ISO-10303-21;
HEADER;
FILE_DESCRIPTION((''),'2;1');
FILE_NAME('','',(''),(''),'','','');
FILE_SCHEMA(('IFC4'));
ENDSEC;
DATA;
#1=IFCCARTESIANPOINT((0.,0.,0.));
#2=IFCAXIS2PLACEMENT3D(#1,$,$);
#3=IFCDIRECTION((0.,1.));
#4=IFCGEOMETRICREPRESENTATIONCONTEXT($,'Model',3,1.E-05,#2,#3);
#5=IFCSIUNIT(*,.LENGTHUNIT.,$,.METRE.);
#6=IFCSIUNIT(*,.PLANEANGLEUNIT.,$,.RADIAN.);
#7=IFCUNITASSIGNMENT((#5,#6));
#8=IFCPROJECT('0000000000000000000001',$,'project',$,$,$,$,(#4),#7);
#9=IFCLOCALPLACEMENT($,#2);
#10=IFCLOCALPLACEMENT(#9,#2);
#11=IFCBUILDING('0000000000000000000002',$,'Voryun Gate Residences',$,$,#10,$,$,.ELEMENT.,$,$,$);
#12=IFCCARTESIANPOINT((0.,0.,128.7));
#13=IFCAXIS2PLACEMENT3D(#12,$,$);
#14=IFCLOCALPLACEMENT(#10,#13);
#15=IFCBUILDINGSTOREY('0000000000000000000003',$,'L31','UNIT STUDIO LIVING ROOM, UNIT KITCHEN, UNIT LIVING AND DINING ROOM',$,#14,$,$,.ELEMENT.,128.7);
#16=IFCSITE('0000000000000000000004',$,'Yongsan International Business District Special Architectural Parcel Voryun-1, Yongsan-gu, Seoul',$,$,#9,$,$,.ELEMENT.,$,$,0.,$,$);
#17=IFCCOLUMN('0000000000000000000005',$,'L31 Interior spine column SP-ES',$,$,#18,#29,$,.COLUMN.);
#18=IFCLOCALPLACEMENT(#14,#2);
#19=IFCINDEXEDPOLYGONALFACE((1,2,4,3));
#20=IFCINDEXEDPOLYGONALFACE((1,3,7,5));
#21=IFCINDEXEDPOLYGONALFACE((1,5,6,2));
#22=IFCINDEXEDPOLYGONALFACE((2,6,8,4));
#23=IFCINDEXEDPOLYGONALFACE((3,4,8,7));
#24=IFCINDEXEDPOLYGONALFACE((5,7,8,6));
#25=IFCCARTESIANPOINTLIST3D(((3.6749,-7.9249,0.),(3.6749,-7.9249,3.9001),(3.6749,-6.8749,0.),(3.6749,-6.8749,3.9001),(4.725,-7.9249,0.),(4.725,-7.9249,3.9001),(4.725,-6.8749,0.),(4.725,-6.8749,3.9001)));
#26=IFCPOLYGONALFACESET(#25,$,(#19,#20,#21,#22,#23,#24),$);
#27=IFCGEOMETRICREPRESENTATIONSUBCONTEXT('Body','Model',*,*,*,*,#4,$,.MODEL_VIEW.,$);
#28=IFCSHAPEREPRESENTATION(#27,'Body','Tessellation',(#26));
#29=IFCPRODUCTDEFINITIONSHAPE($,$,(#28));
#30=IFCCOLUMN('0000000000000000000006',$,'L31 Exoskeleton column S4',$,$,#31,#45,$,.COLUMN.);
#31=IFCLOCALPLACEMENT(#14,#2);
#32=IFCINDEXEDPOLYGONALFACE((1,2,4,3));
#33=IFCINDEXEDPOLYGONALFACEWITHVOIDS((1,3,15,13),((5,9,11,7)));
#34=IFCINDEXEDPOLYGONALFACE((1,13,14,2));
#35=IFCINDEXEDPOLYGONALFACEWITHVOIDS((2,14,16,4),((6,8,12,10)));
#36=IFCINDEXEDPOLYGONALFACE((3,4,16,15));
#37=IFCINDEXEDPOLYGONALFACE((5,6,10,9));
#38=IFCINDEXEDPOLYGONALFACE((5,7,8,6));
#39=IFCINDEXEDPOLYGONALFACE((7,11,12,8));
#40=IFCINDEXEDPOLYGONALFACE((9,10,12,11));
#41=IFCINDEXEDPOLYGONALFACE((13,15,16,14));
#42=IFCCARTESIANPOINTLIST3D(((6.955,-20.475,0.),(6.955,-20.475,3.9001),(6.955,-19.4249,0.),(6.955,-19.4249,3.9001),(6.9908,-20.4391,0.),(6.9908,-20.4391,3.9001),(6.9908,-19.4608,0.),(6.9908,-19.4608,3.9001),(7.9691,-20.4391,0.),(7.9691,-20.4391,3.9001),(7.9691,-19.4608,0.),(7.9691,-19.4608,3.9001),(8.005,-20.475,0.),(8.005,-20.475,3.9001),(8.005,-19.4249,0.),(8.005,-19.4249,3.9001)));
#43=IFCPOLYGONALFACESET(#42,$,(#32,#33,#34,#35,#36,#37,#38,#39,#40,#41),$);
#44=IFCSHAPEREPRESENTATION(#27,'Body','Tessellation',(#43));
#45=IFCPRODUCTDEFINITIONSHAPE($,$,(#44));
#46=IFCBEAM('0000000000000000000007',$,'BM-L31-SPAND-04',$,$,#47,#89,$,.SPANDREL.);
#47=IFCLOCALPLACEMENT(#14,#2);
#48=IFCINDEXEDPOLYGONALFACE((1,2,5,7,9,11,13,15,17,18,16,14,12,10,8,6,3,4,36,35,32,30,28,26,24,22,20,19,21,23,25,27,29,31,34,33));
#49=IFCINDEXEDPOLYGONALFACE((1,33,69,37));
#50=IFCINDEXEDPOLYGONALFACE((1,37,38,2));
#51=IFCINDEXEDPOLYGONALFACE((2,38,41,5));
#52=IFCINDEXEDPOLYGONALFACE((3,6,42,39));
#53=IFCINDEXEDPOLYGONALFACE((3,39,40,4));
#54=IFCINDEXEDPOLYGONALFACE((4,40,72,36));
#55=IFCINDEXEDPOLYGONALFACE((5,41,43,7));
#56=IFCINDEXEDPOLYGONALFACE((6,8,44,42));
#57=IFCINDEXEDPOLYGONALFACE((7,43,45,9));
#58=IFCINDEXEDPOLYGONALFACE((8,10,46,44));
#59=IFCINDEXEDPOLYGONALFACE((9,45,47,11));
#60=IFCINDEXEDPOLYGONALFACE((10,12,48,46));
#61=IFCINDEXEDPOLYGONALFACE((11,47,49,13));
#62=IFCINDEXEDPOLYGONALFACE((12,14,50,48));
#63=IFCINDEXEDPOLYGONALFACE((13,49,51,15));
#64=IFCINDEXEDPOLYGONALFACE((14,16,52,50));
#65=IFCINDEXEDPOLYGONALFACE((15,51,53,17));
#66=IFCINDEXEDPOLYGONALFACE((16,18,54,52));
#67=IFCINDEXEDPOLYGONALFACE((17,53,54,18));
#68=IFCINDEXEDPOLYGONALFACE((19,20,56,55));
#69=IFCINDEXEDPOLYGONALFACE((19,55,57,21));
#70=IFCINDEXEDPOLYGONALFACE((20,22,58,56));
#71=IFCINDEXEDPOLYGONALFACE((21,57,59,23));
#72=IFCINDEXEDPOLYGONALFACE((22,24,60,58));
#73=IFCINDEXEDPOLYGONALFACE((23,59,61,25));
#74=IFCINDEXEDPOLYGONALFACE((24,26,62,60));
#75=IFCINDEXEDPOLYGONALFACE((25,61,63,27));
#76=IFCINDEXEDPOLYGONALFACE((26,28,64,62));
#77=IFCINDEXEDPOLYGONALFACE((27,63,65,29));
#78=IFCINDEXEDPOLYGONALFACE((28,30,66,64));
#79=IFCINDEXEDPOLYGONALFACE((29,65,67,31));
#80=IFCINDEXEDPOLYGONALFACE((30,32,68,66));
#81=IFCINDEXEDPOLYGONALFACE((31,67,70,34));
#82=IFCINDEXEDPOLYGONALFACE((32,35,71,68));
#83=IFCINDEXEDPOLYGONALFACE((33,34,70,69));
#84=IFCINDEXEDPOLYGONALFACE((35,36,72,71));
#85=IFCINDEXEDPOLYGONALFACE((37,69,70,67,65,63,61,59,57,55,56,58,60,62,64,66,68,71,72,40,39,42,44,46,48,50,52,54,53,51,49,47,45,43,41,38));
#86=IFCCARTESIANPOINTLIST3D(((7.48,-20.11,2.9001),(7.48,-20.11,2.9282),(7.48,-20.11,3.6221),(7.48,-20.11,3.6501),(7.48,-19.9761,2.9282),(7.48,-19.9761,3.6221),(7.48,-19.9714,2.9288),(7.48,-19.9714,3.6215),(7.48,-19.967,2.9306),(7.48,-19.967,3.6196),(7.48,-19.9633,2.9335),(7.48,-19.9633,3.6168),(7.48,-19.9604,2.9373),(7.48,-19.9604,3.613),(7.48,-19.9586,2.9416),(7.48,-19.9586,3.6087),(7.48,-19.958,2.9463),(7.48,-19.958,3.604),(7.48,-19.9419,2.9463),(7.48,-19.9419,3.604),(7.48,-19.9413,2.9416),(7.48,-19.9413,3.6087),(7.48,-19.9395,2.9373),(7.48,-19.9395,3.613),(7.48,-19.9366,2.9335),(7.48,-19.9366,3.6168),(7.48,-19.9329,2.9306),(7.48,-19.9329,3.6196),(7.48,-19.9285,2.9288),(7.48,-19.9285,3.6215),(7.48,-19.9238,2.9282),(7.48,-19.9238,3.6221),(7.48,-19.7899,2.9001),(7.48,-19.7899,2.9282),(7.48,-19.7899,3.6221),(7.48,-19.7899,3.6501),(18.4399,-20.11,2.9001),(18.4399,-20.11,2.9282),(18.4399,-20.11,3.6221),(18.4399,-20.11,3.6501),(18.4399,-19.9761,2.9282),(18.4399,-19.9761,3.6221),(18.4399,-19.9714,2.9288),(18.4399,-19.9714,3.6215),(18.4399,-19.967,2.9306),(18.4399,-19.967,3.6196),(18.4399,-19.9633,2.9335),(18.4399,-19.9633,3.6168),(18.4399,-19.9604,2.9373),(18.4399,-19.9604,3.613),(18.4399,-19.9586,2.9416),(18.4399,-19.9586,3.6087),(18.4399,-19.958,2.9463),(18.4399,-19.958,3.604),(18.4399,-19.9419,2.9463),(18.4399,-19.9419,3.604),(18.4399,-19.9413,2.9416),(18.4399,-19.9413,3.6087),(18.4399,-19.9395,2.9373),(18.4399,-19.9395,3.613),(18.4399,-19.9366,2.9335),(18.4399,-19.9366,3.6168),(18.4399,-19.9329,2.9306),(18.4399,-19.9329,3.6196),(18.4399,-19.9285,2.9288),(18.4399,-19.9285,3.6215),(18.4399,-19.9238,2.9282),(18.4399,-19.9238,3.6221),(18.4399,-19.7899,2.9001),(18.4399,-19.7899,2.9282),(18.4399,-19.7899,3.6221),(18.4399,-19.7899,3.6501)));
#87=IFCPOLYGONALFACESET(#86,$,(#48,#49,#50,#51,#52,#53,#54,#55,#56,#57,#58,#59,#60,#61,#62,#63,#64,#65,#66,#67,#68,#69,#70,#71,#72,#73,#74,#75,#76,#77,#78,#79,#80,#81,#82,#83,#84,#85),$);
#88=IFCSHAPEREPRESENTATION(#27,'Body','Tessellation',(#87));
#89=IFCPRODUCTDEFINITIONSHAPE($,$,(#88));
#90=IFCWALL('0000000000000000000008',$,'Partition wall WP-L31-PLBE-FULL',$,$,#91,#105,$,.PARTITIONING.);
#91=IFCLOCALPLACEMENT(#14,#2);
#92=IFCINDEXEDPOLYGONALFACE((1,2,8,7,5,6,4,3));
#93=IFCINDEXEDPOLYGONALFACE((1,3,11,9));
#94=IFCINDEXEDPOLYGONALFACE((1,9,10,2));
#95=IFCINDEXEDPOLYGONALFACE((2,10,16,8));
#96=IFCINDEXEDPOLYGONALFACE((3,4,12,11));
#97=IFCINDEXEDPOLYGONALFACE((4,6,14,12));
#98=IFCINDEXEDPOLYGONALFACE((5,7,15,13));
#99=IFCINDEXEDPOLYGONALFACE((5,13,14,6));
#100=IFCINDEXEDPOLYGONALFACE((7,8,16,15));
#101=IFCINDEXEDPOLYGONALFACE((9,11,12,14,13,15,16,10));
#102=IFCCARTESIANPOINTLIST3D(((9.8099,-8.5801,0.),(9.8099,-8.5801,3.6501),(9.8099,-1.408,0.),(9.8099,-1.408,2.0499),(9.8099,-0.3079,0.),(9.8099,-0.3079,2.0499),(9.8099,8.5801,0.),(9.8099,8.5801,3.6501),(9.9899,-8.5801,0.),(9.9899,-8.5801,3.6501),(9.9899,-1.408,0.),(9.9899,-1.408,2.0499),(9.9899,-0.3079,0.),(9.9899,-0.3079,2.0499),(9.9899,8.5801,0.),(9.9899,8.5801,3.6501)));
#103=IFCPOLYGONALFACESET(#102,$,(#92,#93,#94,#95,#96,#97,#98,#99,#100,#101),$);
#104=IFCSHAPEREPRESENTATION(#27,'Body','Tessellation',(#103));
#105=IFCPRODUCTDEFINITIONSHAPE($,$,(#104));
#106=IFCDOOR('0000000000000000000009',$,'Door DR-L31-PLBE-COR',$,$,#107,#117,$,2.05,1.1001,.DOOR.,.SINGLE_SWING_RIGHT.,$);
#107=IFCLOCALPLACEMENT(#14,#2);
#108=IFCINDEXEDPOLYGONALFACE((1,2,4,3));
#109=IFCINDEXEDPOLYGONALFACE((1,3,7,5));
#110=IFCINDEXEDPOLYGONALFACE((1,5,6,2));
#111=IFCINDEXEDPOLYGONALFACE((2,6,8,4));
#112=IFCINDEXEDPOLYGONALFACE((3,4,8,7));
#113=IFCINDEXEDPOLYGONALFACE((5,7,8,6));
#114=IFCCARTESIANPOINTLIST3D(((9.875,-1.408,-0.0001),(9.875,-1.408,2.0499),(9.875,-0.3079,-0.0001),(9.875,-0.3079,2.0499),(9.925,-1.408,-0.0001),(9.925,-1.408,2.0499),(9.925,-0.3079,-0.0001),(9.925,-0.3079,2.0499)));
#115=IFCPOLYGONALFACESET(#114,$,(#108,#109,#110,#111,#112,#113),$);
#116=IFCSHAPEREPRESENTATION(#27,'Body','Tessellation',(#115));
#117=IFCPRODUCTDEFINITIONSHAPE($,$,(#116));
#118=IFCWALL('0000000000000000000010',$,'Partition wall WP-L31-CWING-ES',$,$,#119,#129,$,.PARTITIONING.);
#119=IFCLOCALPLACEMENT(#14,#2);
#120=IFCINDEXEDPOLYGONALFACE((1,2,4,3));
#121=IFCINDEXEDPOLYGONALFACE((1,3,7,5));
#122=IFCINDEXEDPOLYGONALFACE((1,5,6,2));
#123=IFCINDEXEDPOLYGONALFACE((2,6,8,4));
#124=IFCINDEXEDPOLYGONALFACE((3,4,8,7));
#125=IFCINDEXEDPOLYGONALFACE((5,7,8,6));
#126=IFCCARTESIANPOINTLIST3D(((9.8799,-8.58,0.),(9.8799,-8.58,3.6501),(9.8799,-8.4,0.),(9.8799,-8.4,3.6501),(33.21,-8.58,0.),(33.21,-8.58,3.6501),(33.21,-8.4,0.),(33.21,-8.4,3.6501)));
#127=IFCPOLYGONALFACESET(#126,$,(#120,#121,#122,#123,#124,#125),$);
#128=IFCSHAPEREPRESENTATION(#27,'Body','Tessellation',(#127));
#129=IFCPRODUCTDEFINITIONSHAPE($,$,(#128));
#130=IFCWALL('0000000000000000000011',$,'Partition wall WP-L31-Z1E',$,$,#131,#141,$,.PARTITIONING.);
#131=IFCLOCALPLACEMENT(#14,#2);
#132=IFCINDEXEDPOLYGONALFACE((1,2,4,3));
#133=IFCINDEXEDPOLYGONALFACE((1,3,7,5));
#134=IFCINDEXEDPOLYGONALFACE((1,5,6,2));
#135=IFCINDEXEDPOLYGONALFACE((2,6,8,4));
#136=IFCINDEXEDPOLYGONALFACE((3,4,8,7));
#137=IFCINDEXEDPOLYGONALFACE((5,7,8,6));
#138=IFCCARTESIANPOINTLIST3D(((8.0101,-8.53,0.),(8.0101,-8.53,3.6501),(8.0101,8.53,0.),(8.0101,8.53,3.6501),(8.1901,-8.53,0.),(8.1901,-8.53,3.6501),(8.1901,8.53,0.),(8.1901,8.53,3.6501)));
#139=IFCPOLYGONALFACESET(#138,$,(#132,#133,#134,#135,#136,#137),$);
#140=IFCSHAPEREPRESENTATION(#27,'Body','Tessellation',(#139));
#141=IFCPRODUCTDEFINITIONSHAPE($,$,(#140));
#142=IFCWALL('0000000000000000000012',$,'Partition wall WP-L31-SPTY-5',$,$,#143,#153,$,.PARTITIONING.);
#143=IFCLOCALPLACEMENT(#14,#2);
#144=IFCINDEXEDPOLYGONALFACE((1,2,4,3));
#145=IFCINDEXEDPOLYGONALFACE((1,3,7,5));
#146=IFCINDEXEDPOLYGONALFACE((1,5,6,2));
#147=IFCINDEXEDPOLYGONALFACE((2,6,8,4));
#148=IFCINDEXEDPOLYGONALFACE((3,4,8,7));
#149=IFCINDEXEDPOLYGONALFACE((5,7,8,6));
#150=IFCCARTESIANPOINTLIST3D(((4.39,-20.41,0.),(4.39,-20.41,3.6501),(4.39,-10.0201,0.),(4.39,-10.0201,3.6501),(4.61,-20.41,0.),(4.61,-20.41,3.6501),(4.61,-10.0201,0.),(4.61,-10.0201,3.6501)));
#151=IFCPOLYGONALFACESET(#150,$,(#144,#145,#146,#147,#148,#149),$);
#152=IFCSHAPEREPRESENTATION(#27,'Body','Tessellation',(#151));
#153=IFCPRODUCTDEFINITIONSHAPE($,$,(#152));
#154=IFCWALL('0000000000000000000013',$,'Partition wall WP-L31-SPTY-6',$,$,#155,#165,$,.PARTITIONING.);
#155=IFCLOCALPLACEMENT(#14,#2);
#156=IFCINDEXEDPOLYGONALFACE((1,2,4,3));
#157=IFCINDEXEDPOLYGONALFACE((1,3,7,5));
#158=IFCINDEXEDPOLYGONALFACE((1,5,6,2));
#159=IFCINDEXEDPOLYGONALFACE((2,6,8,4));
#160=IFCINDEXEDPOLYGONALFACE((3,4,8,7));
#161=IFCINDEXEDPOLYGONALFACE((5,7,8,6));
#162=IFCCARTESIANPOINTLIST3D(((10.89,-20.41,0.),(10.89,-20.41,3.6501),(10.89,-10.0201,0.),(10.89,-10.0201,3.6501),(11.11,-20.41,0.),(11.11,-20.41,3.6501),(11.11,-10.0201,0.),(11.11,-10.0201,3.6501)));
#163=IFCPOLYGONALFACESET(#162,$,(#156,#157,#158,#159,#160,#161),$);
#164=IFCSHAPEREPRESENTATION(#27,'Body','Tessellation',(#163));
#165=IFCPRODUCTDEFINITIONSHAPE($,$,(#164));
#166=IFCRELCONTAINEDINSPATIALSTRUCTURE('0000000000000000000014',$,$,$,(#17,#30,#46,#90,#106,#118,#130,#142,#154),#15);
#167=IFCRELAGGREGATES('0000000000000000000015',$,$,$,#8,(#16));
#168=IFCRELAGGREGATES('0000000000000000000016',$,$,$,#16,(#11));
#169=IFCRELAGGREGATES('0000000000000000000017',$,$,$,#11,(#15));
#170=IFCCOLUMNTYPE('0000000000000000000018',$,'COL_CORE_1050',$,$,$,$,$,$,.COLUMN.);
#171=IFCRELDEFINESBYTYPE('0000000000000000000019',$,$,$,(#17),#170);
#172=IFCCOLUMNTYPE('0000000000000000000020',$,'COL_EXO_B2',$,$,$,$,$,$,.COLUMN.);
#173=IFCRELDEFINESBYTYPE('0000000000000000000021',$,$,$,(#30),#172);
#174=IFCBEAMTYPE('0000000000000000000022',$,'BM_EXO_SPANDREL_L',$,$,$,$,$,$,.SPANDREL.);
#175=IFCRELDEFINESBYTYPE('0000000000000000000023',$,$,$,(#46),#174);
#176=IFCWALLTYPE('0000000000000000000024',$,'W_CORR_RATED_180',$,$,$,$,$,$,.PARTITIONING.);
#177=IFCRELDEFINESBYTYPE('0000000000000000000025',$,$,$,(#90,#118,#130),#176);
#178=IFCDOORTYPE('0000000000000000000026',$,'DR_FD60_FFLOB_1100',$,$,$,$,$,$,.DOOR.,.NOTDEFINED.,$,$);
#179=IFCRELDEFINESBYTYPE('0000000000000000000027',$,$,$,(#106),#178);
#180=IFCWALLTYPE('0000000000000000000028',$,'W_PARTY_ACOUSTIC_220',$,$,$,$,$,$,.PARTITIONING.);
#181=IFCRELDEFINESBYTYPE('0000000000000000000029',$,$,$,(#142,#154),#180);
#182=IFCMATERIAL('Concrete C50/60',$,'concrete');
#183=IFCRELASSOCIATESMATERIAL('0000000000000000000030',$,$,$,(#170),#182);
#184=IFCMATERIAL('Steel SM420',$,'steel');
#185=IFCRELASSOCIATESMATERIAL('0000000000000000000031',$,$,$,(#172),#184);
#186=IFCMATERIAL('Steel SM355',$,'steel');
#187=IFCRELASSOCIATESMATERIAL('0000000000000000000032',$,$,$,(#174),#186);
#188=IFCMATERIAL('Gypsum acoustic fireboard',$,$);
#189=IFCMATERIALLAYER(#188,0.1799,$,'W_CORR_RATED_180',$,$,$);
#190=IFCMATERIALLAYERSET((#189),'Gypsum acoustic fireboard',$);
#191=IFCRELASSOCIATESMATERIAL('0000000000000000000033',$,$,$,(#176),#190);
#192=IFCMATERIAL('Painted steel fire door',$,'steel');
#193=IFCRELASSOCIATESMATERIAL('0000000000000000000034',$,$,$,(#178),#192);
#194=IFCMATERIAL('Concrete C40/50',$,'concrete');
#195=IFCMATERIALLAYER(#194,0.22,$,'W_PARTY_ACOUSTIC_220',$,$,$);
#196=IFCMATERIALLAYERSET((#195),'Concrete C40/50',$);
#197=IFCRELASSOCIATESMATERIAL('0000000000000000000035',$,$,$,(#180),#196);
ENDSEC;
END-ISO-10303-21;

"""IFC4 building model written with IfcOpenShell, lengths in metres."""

from ifc_helpers import new_model, si_unit, direction, frame, frame_2d, origin, origin_2d, place, context, subcontext, project, spatial, rectangle, hollow_rectangle, i_section, extrude, material, layer, layer_set, material_profile, profile_set, type_object, element, fill, save


model = new_model("IFC4")

# Units and contexts
model_context = context("Model", 3, precision=1e-05, world=origin(), true_north=direction((0.0, 1.0)))
body_context = subcontext(model_context, "Body", "Model", "MODEL_VIEW")
ifc_project = project(units=[si_unit("LENGTHUNIT", "METRE"), si_unit("PLANEANGLEUNIT", "RADIAN")], contexts=[model_context])

# Site, building, storey
site_placement = place(None, origin())
site = spatial("IfcSite", under=ifc_project, at=site_placement, Name="Yongsan International Business District Special Architectural Parcel Voryun-1, Yongsan-gu, Seoul", CompositionType="ELEMENT", RefElevation=0.0)
building_placement = place(site_placement, origin())
building = spatial("IfcBuilding", under=site, at=building_placement, Name="Voryun Gate Residences", CompositionType="ELEMENT")
storey_placement = place(building_placement, frame((0.0, 0.0, 128.7)))
storey = spatial("IfcBuildingStorey", under=building, at=storey_placement, Name="L31", Description="UNIT STUDIO LIVING ROOM, UNIT KITCHEN, UNIT LIVING AND DINING ROOM", CompositionType="ELEMENT", Elevation=128.7)

# Columns
ifc_material_1 = material(Name="Concrete C50/60", Category="concrete")
ifc_material_profile_1 = material_profile(ifc_material_1, rectangle(XDim=1.05, YDim=1.05, at=origin_2d()), Name="RC-1050x1050")
ifc_profile_set_1 = profile_set([ifc_material_profile_1], Name="Concrete C50/60")
column_type_1 = type_object("IfcColumnType", Name="COL_CORE_1050", PredefinedType="COLUMN", material=ifc_profile_set_1)
column_1_placement = place(storey_placement, frame((4.2, -7.3999, 0.0), z_axis=(0.0, 0.0, 1.0), x_axis=(1.0, 0.0, 0.0)))
element("IfcColumn", 1, at=column_1_placement, inside=storey, type_object=column_type_1, Name="L31 Interior spine column SP-ES", PredefinedType="COLUMN", context=body_context, shape_type="SweptSolid", body=[
    extrude(rectangle(XDim=1.05, YDim=1.05, at=origin_2d()), origin(), (0.0, 0.0, 1.0), 3.9001),
])
ifc_material_2 = material(Name="Steel SM420", Category="steel")
ifc_material_profile_2 = material_profile(ifc_material_2, hollow_rectangle(XDim=1.05, YDim=1.05, WallThickness=0.0359, at=origin_2d()), Name="BOX-1050x1050x36")
ifc_profile_set_2 = profile_set([ifc_material_profile_2], Name="Steel SM420")
column_type_2 = type_object("IfcColumnType", Name="COL_EXO_B2", PredefinedType="COLUMN", material=ifc_profile_set_2)
column_2_placement = place(storey_placement, frame((7.48, -19.95, 0.0), z_axis=(0.0, 0.0, 1.0), x_axis=(1.0, 0.0, 0.0)))
element("IfcColumn", 2, at=column_2_placement, inside=storey, type_object=column_type_2, Name="L31 Exoskeleton column S4", PredefinedType="COLUMN", context=body_context, shape_type="SweptSolid", body=[
    extrude(hollow_rectangle(XDim=1.05, YDim=1.05, WallThickness=0.0359, at=origin_2d()), origin(), (0.0, 0.0, 1.0), 3.9001),
])

# Beam
ifc_material_3 = material(Name="Steel SM355", Category="steel")
ifc_material_profile_3 = material_profile(ifc_material_3, i_section(OverallWidth=0.3201, OverallDepth=0.75, WebThickness=0.0161, FlangeThickness=0.0281, FilletRadius=0.0181, at=origin_2d()), Name="H-750x320x16x28")
ifc_profile_set_3 = profile_set([ifc_material_profile_3], Name="Steel SM355")
beam_type = type_object("IfcBeamType", Name="BM_EXO_SPANDREL_L", PredefinedType="SPANDREL", material=ifc_profile_set_3)
beam_placement = place(storey_placement, frame((7.48, -19.95, 3.2751), z_axis=(1.0, 0.0, 0.0), x_axis=(0.0, 1.0, 0.0)))
element("IfcBeam", 3, at=beam_placement, inside=storey, type_object=beam_type, Name="BM-L31-SPAND-04", PredefinedType="SPANDREL", context=body_context, shape_type="SweptSolid", body=[
    extrude(i_section(OverallWidth=0.3201, OverallDepth=0.75, WebThickness=0.0161, FlangeThickness=0.0281, FilletRadius=0.0181, at=origin_2d()), origin(), (0.0, 0.0, 1.0), 10.96),
])

# Wall, opening, door
ifc_material_4 = material(Name="Gypsum acoustic fireboard")
ifc_layer_1 = layer(ifc_material_4, 0.1799, Name="W_CORR_RATED_180")
ifc_layer_set_1 = layer_set([ifc_layer_1], Name="Gypsum acoustic fireboard")
wall_type_1 = type_object("IfcWallType", Name="W_CORR_RATED_180", PredefinedType="PARTITIONING", material=ifc_layer_set_1)
wall_1_placement = place(storey_placement, frame((9.8999, -8.5801, 0.0), z_axis=(0.0, 0.0, 1.0), x_axis=(0.0, 1.0, 0.0)))
wall_1 = element("IfcWall", 4, at=wall_1_placement, inside=storey, type_object=wall_type_1, Name="Partition wall WP-L31-PLBE-FULL", PredefinedType="PARTITIONING", context=body_context, shape_type="SweptSolid", body=[
    extrude(rectangle(XDim=17.1602, YDim=0.1799, at=frame_2d((8.5801, 0.0))), origin(), (0.0, 0.0, 1.0), 3.6501),
])
opening_1_placement = place(wall_1_placement, frame((7.1721, 0.0, 0.0)))
opening_1 = element("IfcOpeningElement", 5, at=opening_1_placement, cuts=wall_1, PredefinedType="OPENING", context=body_context, shape_type="SweptSolid", body=[
    extrude(rectangle(XDim=1.1001, YDim=2.05, at=frame_2d((0.55, 1.0249))), frame((0.0, 0.0999, 0.0), z_axis=(0.0, -1.0, 0.0), x_axis=(1.0, 0.0, 0.0)), (0.0, 0.0, 1.0), 0.2),
])
ifc_material_5 = material(Name="Painted steel fire door", Category="steel")
door_type_1 = type_object("IfcDoorType", Name="DR_FD60_FFLOB_1100", OperationType="NOTDEFINED", PredefinedType="DOOR", material=ifc_material_5)
door_1_placement = place(opening_1_placement, origin())
door_1 = element("IfcDoor", 6, at=door_1_placement, inside=storey, type_object=door_type_1, Name="Door DR-L31-PLBE-COR", OperationType="SINGLE_SWING_RIGHT", OverallHeight=2.05, OverallWidth=1.1001, PredefinedType="DOOR", context=body_context, shape_type="SweptSolid", body=[
    extrude(rectangle(XDim=1.1001, YDim=2.05, at=frame_2d((0.55, 1.0249))), frame((0.0, 0.0249, 0.0), z_axis=(0.0, -1.0, 0.0), x_axis=(1.0, 0.0, 0.0)), (0.0, 0.0, 1.0), 0.05),
])
fill(opening_1, door_1)

# Walls
wall_2_placement = place(storey_placement, frame((9.8799, -8.49, 0.0), z_axis=(0.0, 0.0, 1.0), x_axis=(1.0, 0.0, 0.0)))
element("IfcWall", 7, at=wall_2_placement, inside=storey, type_object=wall_type_1, Name="Partition wall WP-L31-CWING-ES", PredefinedType="PARTITIONING", context=body_context, shape_type="SweptSolid", body=[
    extrude(rectangle(XDim=23.3301, YDim=0.1799, at=frame_2d((11.665, 0.0))), origin(), (0.0, 0.0, 1.0), 3.6501),
])
wall_3_placement = place(storey_placement, frame((8.1001, -8.53, 0.0), z_axis=(0.0, 0.0, 1.0), x_axis=(0.0, 1.0, 0.0)))
element("IfcWall", 8, at=wall_3_placement, inside=storey, type_object=wall_type_1, Name="Partition wall WP-L31-Z1E", PredefinedType="PARTITIONING", context=body_context, shape_type="SweptSolid", body=[
    extrude(rectangle(XDim=17.0601, YDim=0.1799, at=frame_2d((8.53, 0.0))), origin(), (0.0, 0.0, 1.0), 3.6501),
])
ifc_material_6 = material(Name="Concrete C40/50", Category="concrete")
ifc_layer_2 = layer(ifc_material_6, 0.22, Name="W_PARTY_ACOUSTIC_220")
ifc_layer_set_2 = layer_set([ifc_layer_2], Name="Concrete C40/50")
wall_type_2 = type_object("IfcWallType", Name="W_PARTY_ACOUSTIC_220", PredefinedType="PARTITIONING", material=ifc_layer_set_2)
for number, where, z_axis, x_axis, name in (
    (9, (4.5, -20.4099, 0.0), (0.0, 0.0, 1.0), (0.0, 1.0, 0.0), "Partition wall WP-L31-SPTY-5"),
    (10, (11.0, -20.4099, 0.0), (0.0, 0.0, 1.0), (0.0, 1.0, 0.0), "Partition wall WP-L31-SPTY-6"),
):
    element("IfcWall", number, at=place(storey_placement, frame(where, z_axis=z_axis, x_axis=x_axis)), inside=storey, type_object=wall_type_2, Name=name, PredefinedType="PARTITIONING", context=body_context, shape_type="SweptSolid", body=[
        extrude(rectangle(XDim=10.3899, YDim=0.22, at=frame_2d((5.1948, 0.0))), origin(), (0.0, 0.0, 1.0), 3.6501),
    ])

save(model, "model.ifc")
